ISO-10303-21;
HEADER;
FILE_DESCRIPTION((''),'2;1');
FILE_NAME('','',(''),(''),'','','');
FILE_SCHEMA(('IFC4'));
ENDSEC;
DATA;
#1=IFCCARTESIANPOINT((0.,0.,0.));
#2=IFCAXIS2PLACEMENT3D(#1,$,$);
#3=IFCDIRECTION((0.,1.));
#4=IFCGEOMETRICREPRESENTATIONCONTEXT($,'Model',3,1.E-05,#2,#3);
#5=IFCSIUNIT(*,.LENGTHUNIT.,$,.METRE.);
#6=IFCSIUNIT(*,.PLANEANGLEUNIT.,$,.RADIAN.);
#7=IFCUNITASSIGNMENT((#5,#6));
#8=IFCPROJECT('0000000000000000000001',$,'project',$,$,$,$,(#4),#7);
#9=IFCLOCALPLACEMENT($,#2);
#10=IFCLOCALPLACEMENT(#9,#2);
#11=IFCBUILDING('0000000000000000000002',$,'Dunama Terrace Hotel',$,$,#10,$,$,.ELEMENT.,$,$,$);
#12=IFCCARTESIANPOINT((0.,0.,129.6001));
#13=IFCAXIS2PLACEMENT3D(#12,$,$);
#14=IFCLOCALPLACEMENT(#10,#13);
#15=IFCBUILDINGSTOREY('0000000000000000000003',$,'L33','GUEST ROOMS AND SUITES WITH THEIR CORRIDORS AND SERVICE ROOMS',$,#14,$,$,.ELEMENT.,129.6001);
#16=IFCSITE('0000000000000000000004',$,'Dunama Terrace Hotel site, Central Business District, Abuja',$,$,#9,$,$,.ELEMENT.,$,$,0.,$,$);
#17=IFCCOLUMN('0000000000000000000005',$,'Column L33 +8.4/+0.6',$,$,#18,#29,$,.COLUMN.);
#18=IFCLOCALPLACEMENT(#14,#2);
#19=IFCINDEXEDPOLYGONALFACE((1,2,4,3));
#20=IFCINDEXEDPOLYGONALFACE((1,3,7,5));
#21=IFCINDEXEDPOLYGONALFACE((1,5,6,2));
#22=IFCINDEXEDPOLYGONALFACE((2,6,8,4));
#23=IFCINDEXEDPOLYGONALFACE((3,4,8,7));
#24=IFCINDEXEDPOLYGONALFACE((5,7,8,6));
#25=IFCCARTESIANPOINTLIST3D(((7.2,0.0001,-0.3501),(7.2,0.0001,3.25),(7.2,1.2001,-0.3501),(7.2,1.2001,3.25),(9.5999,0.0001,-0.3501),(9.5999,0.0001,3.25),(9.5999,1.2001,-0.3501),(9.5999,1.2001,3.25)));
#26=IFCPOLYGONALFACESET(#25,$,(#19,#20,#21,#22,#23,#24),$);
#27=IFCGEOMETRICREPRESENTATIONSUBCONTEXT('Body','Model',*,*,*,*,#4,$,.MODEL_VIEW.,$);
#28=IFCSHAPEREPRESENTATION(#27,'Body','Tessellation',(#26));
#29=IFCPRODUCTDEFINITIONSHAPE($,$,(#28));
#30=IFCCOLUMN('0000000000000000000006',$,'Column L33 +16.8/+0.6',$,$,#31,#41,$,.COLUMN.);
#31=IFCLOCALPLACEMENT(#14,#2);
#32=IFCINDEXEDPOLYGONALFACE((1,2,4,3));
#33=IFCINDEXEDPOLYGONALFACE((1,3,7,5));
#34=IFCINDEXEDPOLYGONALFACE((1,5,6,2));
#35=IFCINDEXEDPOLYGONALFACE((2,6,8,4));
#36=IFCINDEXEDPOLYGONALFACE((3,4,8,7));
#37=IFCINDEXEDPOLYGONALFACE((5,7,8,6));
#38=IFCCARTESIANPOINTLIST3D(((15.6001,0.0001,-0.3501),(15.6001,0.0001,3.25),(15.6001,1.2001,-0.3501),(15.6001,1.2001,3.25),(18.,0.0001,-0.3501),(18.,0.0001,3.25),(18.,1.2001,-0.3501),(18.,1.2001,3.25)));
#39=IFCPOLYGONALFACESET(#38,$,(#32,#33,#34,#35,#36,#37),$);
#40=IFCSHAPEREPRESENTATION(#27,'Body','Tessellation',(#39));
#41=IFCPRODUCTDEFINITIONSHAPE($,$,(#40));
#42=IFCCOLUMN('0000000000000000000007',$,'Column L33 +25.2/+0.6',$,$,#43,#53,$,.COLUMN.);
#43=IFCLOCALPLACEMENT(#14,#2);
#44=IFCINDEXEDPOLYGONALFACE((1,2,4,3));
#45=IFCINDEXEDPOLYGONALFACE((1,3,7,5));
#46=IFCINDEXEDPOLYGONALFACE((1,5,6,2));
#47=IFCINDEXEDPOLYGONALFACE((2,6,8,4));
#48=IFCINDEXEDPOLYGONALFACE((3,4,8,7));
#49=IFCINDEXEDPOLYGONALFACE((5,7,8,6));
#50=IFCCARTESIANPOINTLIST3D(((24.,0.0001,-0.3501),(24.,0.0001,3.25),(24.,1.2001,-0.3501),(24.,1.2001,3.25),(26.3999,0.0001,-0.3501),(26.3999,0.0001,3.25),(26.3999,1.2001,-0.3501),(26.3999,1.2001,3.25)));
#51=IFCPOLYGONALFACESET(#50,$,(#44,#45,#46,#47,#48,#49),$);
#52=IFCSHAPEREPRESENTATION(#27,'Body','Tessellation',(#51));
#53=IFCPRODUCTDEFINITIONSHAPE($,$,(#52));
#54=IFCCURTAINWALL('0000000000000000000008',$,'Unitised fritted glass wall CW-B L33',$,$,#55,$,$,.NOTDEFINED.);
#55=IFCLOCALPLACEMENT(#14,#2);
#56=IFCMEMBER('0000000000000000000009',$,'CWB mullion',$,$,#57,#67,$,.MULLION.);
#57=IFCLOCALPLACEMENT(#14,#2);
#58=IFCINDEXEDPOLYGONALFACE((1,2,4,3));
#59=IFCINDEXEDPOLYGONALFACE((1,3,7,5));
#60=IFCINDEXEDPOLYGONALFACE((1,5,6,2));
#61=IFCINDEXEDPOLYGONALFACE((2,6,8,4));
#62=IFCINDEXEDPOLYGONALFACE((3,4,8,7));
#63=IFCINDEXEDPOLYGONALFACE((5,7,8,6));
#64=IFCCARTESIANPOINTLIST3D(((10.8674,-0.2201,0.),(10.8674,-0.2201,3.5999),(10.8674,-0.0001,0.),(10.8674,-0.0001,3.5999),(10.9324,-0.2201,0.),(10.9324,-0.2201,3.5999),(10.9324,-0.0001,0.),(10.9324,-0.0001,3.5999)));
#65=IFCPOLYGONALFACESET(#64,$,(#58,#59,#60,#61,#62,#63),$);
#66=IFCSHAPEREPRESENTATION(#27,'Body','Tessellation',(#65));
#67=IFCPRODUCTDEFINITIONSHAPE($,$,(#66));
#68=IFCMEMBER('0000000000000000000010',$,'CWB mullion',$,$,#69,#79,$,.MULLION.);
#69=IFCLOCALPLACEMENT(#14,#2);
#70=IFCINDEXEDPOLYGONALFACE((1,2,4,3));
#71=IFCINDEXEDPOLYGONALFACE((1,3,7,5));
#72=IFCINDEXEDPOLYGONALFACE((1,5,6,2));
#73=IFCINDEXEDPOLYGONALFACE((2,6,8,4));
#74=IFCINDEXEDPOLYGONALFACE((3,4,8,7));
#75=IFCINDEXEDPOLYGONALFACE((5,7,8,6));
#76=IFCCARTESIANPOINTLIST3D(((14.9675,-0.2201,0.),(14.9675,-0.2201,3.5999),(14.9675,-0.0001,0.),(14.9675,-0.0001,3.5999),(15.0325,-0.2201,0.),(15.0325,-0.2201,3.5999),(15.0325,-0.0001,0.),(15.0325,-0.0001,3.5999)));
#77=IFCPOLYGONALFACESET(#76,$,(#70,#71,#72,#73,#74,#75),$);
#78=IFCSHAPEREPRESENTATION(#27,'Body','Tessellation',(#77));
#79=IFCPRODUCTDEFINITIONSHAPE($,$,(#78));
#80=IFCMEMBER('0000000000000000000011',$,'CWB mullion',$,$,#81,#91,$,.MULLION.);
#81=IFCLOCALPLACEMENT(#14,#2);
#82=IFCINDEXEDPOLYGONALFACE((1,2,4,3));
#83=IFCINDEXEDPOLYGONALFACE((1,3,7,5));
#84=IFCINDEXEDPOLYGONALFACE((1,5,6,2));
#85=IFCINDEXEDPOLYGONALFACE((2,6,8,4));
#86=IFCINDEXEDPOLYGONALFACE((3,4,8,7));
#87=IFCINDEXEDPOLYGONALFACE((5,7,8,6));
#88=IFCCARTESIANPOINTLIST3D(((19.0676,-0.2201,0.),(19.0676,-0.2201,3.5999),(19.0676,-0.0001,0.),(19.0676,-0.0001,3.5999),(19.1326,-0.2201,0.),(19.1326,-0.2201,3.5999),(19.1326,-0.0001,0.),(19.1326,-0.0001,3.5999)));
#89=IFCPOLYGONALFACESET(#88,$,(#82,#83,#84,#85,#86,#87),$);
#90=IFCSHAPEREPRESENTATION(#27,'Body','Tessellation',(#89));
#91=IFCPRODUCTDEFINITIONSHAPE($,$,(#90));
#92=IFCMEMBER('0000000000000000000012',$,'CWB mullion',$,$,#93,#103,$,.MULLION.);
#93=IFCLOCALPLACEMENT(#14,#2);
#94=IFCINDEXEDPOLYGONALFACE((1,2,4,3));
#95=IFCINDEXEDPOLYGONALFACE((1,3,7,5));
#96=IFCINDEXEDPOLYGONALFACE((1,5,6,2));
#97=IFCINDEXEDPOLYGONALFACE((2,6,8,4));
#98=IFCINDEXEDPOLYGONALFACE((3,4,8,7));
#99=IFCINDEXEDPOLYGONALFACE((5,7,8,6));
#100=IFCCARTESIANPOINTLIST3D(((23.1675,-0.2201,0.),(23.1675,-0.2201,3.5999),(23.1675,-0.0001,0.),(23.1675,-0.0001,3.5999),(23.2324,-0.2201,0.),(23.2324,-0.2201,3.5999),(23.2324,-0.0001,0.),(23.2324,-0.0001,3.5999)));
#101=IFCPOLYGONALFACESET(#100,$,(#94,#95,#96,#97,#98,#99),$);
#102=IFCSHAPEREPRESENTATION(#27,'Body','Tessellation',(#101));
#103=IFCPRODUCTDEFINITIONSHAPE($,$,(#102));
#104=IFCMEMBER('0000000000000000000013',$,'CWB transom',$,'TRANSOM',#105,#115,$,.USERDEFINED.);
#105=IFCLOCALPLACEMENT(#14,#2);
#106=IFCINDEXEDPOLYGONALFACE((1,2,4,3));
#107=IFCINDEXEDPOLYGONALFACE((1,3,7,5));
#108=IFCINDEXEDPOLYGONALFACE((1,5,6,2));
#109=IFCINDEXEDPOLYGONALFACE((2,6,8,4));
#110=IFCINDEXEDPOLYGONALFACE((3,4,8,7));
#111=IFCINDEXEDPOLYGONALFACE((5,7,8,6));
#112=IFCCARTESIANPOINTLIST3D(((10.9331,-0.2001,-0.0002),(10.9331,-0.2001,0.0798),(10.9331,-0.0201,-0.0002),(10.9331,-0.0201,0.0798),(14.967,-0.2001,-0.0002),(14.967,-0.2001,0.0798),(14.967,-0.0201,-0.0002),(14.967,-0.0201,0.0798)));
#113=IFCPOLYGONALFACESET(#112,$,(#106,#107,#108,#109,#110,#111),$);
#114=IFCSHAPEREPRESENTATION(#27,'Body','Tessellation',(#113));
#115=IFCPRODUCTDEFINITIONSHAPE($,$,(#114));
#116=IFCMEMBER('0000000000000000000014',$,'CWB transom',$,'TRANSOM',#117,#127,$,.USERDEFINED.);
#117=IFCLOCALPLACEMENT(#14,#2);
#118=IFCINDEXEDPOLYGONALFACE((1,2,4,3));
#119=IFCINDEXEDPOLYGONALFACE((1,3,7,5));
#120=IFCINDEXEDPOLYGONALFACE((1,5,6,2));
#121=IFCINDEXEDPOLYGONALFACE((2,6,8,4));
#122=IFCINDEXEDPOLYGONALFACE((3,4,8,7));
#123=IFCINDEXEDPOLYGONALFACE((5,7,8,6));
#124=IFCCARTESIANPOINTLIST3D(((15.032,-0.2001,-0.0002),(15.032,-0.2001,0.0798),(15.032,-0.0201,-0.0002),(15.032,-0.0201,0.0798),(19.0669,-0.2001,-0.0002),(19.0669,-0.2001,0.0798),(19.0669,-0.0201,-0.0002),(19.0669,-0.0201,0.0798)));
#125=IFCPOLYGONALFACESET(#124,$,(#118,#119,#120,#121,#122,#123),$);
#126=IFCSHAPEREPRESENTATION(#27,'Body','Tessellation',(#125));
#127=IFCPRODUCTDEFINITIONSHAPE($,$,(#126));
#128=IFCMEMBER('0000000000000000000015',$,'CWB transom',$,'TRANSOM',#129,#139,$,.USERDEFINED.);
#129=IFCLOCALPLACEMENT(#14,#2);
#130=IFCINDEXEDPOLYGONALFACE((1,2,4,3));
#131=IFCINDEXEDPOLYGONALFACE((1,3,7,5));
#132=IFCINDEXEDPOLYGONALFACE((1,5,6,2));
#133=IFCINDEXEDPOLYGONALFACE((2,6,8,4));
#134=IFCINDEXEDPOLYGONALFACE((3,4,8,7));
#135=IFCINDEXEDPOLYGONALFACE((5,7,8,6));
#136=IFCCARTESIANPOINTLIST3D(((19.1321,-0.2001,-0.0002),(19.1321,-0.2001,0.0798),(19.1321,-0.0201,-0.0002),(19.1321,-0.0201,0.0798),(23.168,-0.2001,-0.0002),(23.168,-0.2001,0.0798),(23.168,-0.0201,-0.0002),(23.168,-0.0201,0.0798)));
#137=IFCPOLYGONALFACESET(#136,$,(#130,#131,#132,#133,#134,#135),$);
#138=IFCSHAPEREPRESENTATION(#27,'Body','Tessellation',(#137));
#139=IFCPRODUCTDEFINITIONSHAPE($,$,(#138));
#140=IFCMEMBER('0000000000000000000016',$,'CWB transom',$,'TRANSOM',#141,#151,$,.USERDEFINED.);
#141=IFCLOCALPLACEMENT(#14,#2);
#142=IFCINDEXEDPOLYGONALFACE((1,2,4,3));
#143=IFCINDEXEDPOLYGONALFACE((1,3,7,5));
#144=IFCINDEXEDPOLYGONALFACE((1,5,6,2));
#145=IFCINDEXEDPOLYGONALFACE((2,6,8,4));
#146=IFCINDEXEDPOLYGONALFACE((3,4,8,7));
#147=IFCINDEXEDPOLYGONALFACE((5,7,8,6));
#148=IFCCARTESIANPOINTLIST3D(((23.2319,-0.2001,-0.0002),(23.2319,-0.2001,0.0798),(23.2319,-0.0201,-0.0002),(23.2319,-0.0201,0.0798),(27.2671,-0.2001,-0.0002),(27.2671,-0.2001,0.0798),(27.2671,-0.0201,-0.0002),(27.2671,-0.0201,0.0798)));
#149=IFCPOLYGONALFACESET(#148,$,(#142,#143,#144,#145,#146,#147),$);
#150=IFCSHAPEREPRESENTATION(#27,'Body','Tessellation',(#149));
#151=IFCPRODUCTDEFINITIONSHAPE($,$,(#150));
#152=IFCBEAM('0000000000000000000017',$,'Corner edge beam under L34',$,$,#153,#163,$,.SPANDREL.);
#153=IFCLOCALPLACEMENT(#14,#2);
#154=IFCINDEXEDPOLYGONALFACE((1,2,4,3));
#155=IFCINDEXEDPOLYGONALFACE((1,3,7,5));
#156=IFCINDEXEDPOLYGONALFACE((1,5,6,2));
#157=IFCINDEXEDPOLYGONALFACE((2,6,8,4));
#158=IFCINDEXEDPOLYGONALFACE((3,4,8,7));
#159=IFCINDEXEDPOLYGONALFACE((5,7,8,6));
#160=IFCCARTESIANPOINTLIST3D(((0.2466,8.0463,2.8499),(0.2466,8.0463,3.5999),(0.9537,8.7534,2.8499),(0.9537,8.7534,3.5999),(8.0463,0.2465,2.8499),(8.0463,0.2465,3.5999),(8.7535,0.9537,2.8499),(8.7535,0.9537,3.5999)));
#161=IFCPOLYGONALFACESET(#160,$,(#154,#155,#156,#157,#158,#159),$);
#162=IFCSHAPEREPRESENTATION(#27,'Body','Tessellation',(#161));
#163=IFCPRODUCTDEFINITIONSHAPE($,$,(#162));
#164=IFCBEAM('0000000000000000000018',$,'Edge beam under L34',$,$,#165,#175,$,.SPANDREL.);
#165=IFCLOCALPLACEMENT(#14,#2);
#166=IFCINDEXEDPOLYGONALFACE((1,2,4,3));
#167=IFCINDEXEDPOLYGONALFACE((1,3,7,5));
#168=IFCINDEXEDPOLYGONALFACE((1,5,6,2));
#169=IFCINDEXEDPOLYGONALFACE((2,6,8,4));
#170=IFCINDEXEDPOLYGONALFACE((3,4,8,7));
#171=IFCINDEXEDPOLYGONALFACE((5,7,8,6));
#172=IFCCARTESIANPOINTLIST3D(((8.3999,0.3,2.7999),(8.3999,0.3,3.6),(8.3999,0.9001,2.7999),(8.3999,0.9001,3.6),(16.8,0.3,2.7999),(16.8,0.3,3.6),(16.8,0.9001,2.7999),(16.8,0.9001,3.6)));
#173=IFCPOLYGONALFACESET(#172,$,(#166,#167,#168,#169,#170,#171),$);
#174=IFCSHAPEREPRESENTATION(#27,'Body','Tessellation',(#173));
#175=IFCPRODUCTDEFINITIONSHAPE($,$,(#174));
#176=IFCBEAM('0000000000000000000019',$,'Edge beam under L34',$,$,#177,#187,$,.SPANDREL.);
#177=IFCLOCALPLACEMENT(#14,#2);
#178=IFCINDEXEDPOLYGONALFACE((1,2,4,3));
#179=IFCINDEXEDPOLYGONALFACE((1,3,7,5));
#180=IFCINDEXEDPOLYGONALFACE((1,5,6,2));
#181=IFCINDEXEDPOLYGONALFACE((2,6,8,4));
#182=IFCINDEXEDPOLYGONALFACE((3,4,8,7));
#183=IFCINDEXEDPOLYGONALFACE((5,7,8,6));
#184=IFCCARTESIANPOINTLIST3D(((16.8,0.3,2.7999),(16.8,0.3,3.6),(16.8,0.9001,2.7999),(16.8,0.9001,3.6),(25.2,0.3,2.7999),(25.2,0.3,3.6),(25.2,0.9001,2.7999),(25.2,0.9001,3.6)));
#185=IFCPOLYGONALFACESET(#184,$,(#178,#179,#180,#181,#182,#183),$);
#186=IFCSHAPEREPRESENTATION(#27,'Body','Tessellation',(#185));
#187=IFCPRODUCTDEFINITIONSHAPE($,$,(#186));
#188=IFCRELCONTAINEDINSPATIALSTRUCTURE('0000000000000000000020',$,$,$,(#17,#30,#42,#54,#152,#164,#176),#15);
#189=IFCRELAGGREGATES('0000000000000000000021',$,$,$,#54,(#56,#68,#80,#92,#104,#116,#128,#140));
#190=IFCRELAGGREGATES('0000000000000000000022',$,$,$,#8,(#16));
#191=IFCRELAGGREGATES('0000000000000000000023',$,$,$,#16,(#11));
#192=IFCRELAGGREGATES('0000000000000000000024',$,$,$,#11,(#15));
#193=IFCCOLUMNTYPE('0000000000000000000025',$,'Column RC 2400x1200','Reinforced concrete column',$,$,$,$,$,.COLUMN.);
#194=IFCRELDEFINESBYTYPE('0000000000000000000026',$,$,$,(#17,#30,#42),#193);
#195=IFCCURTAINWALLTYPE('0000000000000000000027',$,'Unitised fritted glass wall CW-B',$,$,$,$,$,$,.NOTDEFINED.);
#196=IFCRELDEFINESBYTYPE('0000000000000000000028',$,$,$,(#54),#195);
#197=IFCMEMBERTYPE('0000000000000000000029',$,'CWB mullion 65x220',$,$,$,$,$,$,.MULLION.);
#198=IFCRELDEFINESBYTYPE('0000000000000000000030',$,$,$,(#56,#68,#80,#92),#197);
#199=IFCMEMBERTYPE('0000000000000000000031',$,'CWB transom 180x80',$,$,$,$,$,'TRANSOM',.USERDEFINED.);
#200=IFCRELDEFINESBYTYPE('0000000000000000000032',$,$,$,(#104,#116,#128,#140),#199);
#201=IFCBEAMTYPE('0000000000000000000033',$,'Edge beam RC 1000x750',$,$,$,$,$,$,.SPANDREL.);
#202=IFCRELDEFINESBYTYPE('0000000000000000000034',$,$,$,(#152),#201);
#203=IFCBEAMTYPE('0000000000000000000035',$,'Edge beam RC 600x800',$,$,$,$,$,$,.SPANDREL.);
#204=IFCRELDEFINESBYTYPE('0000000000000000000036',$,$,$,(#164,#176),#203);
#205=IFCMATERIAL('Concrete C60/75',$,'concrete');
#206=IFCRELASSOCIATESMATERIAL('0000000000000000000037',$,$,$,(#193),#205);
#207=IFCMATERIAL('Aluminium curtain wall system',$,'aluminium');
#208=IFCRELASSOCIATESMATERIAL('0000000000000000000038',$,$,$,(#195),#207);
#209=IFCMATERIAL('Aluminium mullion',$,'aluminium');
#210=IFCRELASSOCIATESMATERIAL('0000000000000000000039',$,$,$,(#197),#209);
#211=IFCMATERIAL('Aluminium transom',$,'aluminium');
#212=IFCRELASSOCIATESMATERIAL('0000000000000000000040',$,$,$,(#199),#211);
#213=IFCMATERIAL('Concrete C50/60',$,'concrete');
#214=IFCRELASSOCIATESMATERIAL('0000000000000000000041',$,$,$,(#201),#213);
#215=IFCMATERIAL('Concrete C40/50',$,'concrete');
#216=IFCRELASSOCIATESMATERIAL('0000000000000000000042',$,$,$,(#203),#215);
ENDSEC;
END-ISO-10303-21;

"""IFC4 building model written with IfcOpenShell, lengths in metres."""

from ifc_helpers import new_model, si_unit, direction, frame, origin, origin_2d, place, context, subcontext, project, spatial, rectangle, extrude, material, material_profile, profile_set, type_object, element, aggregate, save


model = new_model("IFC4")

# Units and contexts
model_context = context("Model", 3, precision=1e-05, world=origin(), true_north=direction((0.0, 1.0)))
body_context = subcontext(model_context, "Body", "Model", "MODEL_VIEW")
ifc_project = project(units=[si_unit("LENGTHUNIT", "METRE"), si_unit("PLANEANGLEUNIT", "RADIAN")], contexts=[model_context])

# Site, building, storey
site_placement = place(None, origin())
site = spatial("IfcSite", under=ifc_project, at=site_placement, Name="Dunama Terrace Hotel site, Central Business District, Abuja", CompositionType="ELEMENT", RefElevation=0.0)
building_placement = place(site_placement, origin())
building = spatial("IfcBuilding", under=site, at=building_placement, Name="Dunama Terrace Hotel", CompositionType="ELEMENT")
storey_placement = place(building_placement, frame((0.0, 0.0, 129.6001)))
storey = spatial("IfcBuildingStorey", under=building, at=storey_placement, Name="L33", Description="GUEST ROOMS AND SUITES WITH THEIR CORRIDORS AND SERVICE ROOMS", CompositionType="ELEMENT", Elevation=129.6001)

# Columns
ifc_material_1 = material(Name="Concrete C60/75", Category="concrete")
ifc_material_profile_1 = material_profile(ifc_material_1, rectangle(XDim=2.3999, YDim=1.2, at=origin_2d()), Name="RC 2400x1200")
ifc_profile_set_1 = profile_set([ifc_material_profile_1], Name="Concrete C60/75")
column_type = type_object("IfcColumnType", Name="Column RC 2400x1200", Description="Reinforced concrete column", PredefinedType="COLUMN", material=ifc_profile_set_1)
for number, where, z_axis, x_axis, name in (
    (1, (8.3999, 0.6001, -0.3501), (0.0, 0.0, 1.0), (1.0, 0.0, 0.0), "Column L33 +8.4/+0.6"),
    (2, (16.8, 0.6001, -0.3501), (0.0, 0.0, 1.0), (1.0, 0.0, 0.0), "Column L33 +16.8/+0.6"),
    (3, (25.2, 0.6001, -0.3501), (0.0, 0.0, 1.0), (1.0, 0.0, 0.0), "Column L33 +25.2/+0.6"),
):
    element("IfcColumn", number, at=place(storey_placement, frame(where, z_axis=z_axis, x_axis=x_axis)), inside=storey, type_object=column_type, Name=name, PredefinedType="COLUMN", context=body_context, shape_type="SweptSolid", body=[
        extrude(rectangle(XDim=2.3999, YDim=1.2, at=origin_2d()), origin(), (0.0, 0.0, 1.0), 3.6001),
    ])

# Curtain wall, members
ifc_material_2 = material(Name="Aluminium curtain wall system", Category="aluminium")
curtain_wall_type = type_object("IfcCurtainWallType", Name="Unitised fritted glass wall CW-B", PredefinedType="NOTDEFINED", material=ifc_material_2)
curtain_wall_placement = place(storey_placement, origin())
curtain_wall = element("IfcCurtainWall", 4, at=curtain_wall_placement, inside=storey, type_object=curtain_wall_type, Name="Unitised fritted glass wall CW-B L33", PredefinedType="NOTDEFINED")
ifc_material_3 = material(Name="Aluminium mullion", Category="aluminium")
ifc_material_profile_2 = material_profile(ifc_material_3, rectangle(XDim=0.0649, YDim=0.22, at=origin_2d()), Name="CWB MULLION 65X220")
ifc_profile_set_2 = profile_set([ifc_material_profile_2], Name="Aluminium mullion")
member_type_1 = type_object("IfcMemberType", Name="CWB mullion 65x220", PredefinedType="MULLION", material=ifc_profile_set_2)
member_1_placement = place(storey_placement, frame((10.8999, -0.1101, 0.0), z_axis=(0.0, 0.0, 1.0), x_axis=(1.0, 0.0, 0.0)))
member_1 = element("IfcMember", 5, at=member_1_placement, type_object=member_type_1, Name="CWB mullion", PredefinedType="MULLION", context=body_context, shape_type="SweptSolid", body=[
    extrude(rectangle(XDim=0.0649, YDim=0.22, at=origin_2d()), origin(), (0.0, 0.0, 1.0), 3.5999),
])
member_2_placement = place(storey_placement, frame((15.0, -0.1101, 0.0), z_axis=(0.0, 0.0, 1.0), x_axis=(1.0, 0.0, 0.0)))
member_2 = element("IfcMember", 6, at=member_2_placement, type_object=member_type_1, Name="CWB mullion", PredefinedType="MULLION", context=body_context, shape_type="SweptSolid", body=[
    extrude(rectangle(XDim=0.0649, YDim=0.22, at=origin_2d()), origin(), (0.0, 0.0, 1.0), 3.5999),
])
member_3_placement = place(storey_placement, frame((19.1001, -0.1101, 0.0), z_axis=(0.0, 0.0, 1.0), x_axis=(1.0, 0.0, 0.0)))
member_3 = element("IfcMember", 7, at=member_3_placement, type_object=member_type_1, Name="CWB mullion", PredefinedType="MULLION", context=body_context, shape_type="SweptSolid", body=[
    extrude(rectangle(XDim=0.0649, YDim=0.22, at=origin_2d()), origin(), (0.0, 0.0, 1.0), 3.5999),
])
member_4_placement = place(storey_placement, frame((23.2, -0.1101, 0.0), z_axis=(0.0, 0.0, 1.0), x_axis=(1.0, 0.0, 0.0)))
member_4 = element("IfcMember", 8, at=member_4_placement, type_object=member_type_1, Name="CWB mullion", PredefinedType="MULLION", context=body_context, shape_type="SweptSolid", body=[
    extrude(rectangle(XDim=0.0649, YDim=0.22, at=origin_2d()), origin(), (0.0, 0.0, 1.0), 3.5999),
])
ifc_material_4 = material(Name="Aluminium transom", Category="aluminium")
ifc_material_profile_3 = material_profile(ifc_material_4, rectangle(XDim=0.1799, YDim=0.0801, at=origin_2d()), Name="CWB TRANSOM 180X80")
ifc_profile_set_3 = profile_set([ifc_material_profile_3], Name="Aluminium transom")
member_type_2 = type_object("IfcMemberType", Name="CWB transom 180x80", ElementType="TRANSOM", PredefinedType="USERDEFINED", material=ifc_profile_set_3)
member_5_placement = place(storey_placement, frame((10.9331, -0.1101, 0.0398), z_axis=(1.0, 0.0, 0.0), x_axis=(0.0, 1.0, 0.0)))
member_5 = element("IfcMember", 9, at=member_5_placement, type_object=member_type_2, Name="CWB transom", ObjectType="TRANSOM", PredefinedType="USERDEFINED", context=body_context, shape_type="SweptSolid", body=[
    extrude(rectangle(XDim=0.1799, YDim=0.0801, at=origin_2d()), origin(), (0.0, 0.0, 1.0), 4.0339),
])
member_6_placement = place(storey_placement, frame((15.032, -0.1101, 0.0398), z_axis=(1.0, 0.0, 0.0), x_axis=(0.0, 1.0, 0.0)))
member_6 = element("IfcMember", 10, at=member_6_placement, type_object=member_type_2, Name="CWB transom", ObjectType="TRANSOM", PredefinedType="USERDEFINED", context=body_context, shape_type="SweptSolid", body=[
    extrude(rectangle(XDim=0.1799, YDim=0.0801, at=origin_2d()), origin(), (0.0, 0.0, 1.0), 4.0349),
])
member_7_placement = place(storey_placement, frame((19.1321, -0.1101, 0.0398), z_axis=(1.0, 0.0, 0.0), x_axis=(0.0, 1.0, 0.0)))
member_7 = element("IfcMember", 11, at=member_7_placement, type_object=member_type_2, Name="CWB transom", ObjectType="TRANSOM", PredefinedType="USERDEFINED", context=body_context, shape_type="SweptSolid", body=[
    extrude(rectangle(XDim=0.1799, YDim=0.0801, at=origin_2d()), origin(), (0.0, 0.0, 1.0), 4.0359),
])
member_8_placement = place(storey_placement, frame((23.2319, -0.1101, 0.0398), z_axis=(1.0, 0.0, 0.0), x_axis=(0.0, 1.0, 0.0)))
member_8 = element("IfcMember", 12, at=member_8_placement, type_object=member_type_2, Name="CWB transom", ObjectType="TRANSOM", PredefinedType="USERDEFINED", context=body_context, shape_type="SweptSolid", body=[
    extrude(rectangle(XDim=0.1799, YDim=0.0801, at=origin_2d()), origin(), (0.0, 0.0, 1.0), 4.0352),
])

# Beams
ifc_material_5 = material(Name="Concrete C50/60", Category="concrete")
ifc_material_profile_4 = material_profile(ifc_material_5, rectangle(XDim=1.0, YDim=0.75, at=origin_2d()), Name="RC 1000x750")
ifc_profile_set_4 = profile_set([ifc_material_profile_4], Name="Concrete C50/60")
beam_type_1 = type_object("IfcBeamType", Name="Edge beam RC 1000x750", PredefinedType="SPANDREL", material=ifc_profile_set_4)
beam_1_placement = place(storey_placement, frame((8.3999, 0.6001, 3.2249), z_axis=(-0.707107, 0.707107, 0.0), x_axis=(-0.707107, -0.707107, 0.0)))
element("IfcBeam", 13, at=beam_1_placement, inside=storey, type_object=beam_type_1, Name="Corner edge beam under L34", PredefinedType="SPANDREL", context=body_context, shape_type="SweptSolid", body=[
    extrude(rectangle(XDim=1.0, YDim=0.75, at=origin_2d()), origin(), (0.0, 0.0, 1.0), 11.0305),
])
ifc_material_6 = material(Name="Concrete C40/50", Category="concrete")
ifc_material_profile_5 = material_profile(ifc_material_6, rectangle(XDim=0.6001, YDim=0.8, at=origin_2d()), Name="RC 600x800")
ifc_profile_set_5 = profile_set([ifc_material_profile_5], Name="Concrete C40/50")
beam_type_2 = type_object("IfcBeamType", Name="Edge beam RC 600x800", PredefinedType="SPANDREL", material=ifc_profile_set_5)
beam_2_placement = place(storey_placement, frame((8.3999, 0.6001, 3.2), z_axis=(1.0, 0.0, 0.0), x_axis=(0.0, 1.0, 0.0)))
element("IfcBeam", 14, at=beam_2_placement, inside=storey, type_object=beam_type_2, Name="Edge beam under L34", PredefinedType="SPANDREL", context=body_context, shape_type="SweptSolid", body=[
    extrude(rectangle(XDim=0.6001, YDim=0.8, at=origin_2d()), origin(), (0.0, 0.0, 1.0), 8.4001),
])
beam_3_placement = place(storey_placement, frame((16.8, 0.6001, 3.2), z_axis=(1.0, 0.0, 0.0), x_axis=(0.0, 1.0, 0.0)))
element("IfcBeam", 15, at=beam_3_placement, inside=storey, type_object=beam_type_2, Name="Edge beam under L34", PredefinedType="SPANDREL", context=body_context, shape_type="SweptSolid", body=[
    extrude(rectangle(XDim=0.6001, YDim=0.8, at=origin_2d()), origin(), (0.0, 0.0, 1.0), 8.3999),
])

aggregate(curtain_wall, [member_1, member_2, member_3, member_4, member_5, member_6, member_7, member_8])

save(model, "model.ifc")
